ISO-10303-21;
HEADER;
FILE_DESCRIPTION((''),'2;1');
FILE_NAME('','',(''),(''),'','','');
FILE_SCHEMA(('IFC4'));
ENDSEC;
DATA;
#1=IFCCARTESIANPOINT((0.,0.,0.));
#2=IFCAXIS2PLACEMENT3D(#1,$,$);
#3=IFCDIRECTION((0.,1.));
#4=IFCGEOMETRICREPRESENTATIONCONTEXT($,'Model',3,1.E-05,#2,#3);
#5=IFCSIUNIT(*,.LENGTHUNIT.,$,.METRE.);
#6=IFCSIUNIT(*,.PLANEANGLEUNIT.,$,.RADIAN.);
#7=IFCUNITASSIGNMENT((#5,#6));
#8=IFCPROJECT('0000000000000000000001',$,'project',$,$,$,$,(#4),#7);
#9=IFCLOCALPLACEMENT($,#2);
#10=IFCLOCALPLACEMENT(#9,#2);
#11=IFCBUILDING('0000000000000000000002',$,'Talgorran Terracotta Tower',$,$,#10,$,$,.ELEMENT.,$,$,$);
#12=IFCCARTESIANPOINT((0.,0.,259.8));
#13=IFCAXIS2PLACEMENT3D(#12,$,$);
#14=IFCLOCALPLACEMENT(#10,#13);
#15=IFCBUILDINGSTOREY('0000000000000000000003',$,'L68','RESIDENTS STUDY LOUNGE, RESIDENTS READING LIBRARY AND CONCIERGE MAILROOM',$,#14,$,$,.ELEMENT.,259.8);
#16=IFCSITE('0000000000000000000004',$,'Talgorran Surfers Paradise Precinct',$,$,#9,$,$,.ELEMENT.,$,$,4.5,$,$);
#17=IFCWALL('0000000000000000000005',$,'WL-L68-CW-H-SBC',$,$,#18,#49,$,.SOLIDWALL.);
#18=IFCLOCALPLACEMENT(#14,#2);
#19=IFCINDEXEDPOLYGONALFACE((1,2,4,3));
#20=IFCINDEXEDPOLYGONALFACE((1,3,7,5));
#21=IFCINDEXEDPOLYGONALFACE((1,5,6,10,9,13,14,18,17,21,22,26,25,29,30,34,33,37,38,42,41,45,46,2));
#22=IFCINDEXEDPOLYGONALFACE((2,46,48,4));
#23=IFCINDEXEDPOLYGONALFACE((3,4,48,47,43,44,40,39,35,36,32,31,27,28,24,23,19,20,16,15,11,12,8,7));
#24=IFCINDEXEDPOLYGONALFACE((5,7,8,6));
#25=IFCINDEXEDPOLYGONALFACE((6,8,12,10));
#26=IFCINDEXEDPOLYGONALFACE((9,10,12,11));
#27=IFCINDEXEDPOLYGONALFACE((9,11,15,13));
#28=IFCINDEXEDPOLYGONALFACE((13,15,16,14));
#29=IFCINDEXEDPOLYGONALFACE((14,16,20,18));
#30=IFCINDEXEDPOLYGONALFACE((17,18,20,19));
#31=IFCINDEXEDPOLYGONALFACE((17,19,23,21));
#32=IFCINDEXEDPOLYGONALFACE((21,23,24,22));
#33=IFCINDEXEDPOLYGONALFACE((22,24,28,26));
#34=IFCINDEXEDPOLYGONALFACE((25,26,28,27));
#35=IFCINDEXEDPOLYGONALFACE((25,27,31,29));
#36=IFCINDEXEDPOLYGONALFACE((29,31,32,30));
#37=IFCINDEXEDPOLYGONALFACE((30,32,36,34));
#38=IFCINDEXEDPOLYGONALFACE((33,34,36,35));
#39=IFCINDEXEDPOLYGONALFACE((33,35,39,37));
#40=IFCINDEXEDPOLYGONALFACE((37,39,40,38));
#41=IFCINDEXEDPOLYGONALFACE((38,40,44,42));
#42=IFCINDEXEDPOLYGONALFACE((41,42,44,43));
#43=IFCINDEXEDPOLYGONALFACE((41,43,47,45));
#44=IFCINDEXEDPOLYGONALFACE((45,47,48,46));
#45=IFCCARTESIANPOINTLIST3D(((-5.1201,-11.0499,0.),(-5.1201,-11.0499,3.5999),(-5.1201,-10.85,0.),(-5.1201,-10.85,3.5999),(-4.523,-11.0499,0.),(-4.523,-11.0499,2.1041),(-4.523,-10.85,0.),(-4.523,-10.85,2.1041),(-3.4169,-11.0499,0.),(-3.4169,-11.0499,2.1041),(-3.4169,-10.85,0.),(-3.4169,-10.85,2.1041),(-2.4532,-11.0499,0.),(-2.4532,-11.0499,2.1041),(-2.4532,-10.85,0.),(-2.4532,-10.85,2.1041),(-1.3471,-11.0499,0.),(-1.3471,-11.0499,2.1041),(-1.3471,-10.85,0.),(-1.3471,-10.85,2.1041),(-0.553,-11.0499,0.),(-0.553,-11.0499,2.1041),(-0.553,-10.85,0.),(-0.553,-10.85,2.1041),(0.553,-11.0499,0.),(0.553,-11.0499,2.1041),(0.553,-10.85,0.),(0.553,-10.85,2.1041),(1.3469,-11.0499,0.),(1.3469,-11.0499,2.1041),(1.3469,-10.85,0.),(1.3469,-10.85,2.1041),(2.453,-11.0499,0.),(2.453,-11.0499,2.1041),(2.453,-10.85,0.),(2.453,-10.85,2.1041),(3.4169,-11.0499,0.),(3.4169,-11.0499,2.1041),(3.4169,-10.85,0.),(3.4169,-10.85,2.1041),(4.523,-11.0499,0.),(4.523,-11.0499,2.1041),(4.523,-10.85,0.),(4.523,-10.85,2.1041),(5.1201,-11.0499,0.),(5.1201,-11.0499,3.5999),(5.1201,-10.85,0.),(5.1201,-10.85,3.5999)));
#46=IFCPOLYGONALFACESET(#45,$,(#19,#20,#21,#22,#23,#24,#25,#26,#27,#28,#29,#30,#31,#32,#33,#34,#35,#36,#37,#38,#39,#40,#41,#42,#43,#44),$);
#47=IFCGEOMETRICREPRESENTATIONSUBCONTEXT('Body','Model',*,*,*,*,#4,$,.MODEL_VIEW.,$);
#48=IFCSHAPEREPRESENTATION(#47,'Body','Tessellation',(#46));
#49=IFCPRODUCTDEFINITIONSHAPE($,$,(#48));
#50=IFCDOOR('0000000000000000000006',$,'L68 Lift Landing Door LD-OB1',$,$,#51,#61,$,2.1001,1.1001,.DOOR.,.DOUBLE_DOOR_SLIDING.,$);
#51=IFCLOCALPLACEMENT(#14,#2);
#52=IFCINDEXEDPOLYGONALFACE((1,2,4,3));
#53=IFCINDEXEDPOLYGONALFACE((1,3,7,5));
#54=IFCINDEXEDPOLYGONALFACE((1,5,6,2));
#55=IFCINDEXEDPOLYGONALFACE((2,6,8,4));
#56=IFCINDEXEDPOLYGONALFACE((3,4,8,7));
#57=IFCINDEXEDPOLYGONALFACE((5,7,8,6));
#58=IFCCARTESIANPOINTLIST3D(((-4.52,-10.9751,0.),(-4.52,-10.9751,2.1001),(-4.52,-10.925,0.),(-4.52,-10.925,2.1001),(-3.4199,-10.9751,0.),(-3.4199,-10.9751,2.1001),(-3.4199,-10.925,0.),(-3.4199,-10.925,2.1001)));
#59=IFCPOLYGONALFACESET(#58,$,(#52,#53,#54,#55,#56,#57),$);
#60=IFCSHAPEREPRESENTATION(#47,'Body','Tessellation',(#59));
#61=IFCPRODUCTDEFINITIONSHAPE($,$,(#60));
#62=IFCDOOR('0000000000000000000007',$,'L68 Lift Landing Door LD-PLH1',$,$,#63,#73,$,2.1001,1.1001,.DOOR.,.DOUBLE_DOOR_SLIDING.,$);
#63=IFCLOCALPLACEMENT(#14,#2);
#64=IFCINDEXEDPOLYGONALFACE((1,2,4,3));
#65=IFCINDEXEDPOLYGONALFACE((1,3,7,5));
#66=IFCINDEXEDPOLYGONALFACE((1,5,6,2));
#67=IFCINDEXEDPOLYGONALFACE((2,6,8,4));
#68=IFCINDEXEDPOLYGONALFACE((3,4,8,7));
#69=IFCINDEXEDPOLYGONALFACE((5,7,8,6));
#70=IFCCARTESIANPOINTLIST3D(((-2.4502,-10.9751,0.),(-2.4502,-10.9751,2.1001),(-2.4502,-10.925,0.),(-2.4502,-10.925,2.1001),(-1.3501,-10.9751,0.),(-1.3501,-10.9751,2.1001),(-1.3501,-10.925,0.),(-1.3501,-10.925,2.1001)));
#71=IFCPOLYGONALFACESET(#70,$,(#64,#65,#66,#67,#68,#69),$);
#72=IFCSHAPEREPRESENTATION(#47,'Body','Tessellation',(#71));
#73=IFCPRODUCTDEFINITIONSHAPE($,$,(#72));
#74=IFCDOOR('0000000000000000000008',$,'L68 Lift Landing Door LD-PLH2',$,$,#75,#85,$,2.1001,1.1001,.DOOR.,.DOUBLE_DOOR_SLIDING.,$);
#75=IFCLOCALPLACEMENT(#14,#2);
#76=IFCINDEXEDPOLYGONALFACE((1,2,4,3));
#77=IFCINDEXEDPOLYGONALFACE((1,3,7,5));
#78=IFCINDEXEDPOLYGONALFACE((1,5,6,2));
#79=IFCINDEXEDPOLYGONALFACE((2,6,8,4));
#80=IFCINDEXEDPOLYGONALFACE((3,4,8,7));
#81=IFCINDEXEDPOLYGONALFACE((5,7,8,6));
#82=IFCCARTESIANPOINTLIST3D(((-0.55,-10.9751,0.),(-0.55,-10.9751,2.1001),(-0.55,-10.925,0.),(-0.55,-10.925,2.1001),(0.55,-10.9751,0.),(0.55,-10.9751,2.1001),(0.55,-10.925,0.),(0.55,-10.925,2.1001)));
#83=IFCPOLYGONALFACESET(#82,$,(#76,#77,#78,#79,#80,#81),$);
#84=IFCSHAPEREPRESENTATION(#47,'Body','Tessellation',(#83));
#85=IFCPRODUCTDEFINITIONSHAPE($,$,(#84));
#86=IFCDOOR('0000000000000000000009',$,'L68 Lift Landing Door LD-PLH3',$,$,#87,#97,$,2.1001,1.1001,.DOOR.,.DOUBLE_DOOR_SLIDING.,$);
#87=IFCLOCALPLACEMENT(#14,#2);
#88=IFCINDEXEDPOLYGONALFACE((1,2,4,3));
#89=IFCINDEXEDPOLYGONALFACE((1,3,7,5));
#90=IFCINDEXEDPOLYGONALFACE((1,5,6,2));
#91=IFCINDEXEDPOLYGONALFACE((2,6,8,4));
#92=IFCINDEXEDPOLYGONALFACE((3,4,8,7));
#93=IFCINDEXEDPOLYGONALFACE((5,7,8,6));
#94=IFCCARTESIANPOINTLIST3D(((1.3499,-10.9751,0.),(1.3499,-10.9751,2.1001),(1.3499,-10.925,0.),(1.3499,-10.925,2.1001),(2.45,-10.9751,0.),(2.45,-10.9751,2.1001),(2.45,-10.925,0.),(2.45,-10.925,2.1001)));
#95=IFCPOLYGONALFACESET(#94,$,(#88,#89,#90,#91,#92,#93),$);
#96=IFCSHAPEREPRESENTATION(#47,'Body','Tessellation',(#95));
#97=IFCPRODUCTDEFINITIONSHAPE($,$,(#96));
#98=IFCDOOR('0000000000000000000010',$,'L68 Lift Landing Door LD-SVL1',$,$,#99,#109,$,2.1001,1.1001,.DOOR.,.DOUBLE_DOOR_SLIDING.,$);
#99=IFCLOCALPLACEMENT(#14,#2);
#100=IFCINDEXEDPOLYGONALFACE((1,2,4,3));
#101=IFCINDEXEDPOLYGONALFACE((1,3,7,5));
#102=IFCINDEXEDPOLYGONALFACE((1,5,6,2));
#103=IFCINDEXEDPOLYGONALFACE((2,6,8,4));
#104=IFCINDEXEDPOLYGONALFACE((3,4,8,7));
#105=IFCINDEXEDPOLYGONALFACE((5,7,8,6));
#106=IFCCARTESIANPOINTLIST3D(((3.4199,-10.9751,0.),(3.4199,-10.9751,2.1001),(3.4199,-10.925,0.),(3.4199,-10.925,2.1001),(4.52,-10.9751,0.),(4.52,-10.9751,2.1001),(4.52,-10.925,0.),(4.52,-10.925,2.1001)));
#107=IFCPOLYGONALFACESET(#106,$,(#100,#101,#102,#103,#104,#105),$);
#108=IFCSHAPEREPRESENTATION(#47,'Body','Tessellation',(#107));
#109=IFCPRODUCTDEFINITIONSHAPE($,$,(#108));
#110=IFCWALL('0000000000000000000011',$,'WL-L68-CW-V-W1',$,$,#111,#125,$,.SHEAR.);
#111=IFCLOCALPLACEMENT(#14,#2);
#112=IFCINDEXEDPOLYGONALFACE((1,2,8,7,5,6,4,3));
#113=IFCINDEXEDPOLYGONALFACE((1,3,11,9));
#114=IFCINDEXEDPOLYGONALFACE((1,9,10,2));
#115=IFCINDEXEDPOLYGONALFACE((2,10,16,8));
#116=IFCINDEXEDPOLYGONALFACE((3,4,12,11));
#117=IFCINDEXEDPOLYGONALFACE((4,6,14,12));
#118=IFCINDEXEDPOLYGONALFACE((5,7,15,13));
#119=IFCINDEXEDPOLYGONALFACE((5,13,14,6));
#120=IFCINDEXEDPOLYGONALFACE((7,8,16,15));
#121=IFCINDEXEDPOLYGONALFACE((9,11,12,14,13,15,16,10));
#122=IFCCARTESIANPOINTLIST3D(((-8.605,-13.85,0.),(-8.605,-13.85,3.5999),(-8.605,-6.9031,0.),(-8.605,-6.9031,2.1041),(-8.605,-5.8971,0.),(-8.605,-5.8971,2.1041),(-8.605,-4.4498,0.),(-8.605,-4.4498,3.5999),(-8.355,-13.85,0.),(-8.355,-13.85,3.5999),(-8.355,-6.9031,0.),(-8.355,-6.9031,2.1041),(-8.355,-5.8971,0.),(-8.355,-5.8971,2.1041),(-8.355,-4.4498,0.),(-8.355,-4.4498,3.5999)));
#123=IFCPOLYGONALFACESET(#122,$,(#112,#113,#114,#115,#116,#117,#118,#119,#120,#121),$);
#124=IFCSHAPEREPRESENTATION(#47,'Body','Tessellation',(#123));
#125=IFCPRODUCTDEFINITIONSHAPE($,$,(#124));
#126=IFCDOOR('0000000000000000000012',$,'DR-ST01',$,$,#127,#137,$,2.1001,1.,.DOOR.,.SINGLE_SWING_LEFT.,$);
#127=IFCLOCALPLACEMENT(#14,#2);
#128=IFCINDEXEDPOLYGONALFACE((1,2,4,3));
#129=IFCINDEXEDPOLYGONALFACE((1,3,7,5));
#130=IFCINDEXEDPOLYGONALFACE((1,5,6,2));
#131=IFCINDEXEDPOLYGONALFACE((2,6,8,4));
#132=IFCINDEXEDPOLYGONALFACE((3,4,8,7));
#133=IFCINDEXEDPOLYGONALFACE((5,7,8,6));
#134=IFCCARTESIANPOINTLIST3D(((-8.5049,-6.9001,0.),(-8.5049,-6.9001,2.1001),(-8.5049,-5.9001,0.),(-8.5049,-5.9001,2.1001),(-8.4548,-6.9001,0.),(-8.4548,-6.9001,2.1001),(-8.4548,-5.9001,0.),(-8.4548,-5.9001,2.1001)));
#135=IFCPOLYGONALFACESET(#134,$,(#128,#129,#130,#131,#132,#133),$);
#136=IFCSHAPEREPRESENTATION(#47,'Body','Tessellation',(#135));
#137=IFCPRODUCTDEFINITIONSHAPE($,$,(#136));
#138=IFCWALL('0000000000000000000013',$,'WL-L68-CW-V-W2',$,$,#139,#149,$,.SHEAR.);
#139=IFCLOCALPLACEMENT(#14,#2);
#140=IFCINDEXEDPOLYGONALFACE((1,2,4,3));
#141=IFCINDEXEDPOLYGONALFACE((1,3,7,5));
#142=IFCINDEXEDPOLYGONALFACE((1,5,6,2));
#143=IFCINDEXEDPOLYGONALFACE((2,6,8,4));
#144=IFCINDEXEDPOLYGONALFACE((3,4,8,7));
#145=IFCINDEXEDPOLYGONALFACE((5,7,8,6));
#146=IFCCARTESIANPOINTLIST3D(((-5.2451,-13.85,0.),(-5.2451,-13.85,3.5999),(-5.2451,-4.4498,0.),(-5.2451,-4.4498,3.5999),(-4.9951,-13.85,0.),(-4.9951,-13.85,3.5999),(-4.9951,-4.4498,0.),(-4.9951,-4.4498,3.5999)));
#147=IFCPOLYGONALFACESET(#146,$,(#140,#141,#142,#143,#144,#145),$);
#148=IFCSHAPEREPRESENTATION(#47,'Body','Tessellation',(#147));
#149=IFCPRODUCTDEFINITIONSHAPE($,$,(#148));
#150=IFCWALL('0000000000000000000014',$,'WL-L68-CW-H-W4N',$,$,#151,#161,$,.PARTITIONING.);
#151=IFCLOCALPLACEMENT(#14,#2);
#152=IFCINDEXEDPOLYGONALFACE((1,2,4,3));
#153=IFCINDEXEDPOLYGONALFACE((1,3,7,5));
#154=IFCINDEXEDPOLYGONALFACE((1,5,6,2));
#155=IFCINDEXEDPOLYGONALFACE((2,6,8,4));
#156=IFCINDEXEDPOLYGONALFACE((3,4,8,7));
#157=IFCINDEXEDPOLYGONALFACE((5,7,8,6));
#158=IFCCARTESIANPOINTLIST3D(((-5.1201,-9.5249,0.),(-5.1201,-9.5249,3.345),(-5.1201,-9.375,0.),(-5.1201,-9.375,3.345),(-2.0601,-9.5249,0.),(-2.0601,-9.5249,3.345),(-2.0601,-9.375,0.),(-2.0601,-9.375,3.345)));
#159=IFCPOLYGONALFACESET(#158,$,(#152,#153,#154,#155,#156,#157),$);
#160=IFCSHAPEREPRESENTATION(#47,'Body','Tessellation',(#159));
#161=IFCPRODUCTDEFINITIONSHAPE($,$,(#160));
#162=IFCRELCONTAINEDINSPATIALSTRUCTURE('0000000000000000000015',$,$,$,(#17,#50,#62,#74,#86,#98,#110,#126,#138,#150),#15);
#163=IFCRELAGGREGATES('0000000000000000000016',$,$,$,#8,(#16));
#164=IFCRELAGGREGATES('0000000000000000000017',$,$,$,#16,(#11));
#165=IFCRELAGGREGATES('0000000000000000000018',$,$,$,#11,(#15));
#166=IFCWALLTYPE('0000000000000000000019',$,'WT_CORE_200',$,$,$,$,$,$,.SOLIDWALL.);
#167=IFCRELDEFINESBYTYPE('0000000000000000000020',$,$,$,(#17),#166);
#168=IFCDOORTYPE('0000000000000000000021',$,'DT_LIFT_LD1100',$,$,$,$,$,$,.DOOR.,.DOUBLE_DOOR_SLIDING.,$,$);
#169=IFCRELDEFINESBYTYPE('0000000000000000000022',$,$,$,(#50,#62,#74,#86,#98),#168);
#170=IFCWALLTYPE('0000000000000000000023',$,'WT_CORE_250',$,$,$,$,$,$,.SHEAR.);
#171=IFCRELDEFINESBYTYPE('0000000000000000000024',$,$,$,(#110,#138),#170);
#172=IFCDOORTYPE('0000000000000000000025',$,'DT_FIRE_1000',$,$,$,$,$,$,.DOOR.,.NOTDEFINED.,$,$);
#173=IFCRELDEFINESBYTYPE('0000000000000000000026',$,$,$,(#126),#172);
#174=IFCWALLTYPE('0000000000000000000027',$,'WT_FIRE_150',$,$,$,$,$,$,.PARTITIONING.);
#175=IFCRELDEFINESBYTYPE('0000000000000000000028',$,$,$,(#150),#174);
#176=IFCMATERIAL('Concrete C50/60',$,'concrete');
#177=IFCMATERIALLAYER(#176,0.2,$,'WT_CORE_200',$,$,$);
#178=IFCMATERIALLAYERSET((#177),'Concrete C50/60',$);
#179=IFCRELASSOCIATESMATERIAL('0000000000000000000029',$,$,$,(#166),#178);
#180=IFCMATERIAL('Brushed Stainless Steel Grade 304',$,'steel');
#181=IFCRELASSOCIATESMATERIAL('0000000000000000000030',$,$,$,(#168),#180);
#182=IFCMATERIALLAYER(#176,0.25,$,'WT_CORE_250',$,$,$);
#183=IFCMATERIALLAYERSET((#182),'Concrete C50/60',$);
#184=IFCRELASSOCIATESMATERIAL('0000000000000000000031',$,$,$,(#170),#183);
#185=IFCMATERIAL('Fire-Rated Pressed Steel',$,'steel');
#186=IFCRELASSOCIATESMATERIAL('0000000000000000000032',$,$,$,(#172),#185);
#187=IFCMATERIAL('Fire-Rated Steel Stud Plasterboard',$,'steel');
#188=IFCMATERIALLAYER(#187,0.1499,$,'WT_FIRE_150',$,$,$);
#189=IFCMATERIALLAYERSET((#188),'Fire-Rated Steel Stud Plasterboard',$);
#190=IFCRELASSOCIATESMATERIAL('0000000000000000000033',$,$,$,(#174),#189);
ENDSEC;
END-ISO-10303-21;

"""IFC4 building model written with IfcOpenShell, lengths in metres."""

from ifc_helpers import new_model, si_unit, direction, frame, frame_2d, origin, place, context, subcontext, project, spatial, rectangle, extrude, material, layer, layer_set, type_object, element, fill, save


model = new_model("IFC4")

# Units and contexts
model_context = context("Model", 3, precision=1e-05, world=origin(), true_north=direction((0.0, 1.0)))
body_context = subcontext(model_context, "Body", "Model", "MODEL_VIEW")
ifc_project = project(units=[si_unit("LENGTHUNIT", "METRE"), si_unit("PLANEANGLEUNIT", "RADIAN")], contexts=[model_context])

# Site, building, storey
site_placement = place(None, origin())
site = spatial("IfcSite", under=ifc_project, at=site_placement, Name="Talgorran Surfers Paradise Precinct", CompositionType="ELEMENT", RefElevation=4.5)
building_placement = place(site_placement, origin())
building = spatial("IfcBuilding", under=site, at=building_placement, Name="Talgorran Terracotta Tower", CompositionType="ELEMENT")
storey_placement = place(building_placement, frame((0.0, 0.0, 259.8)))
storey = spatial("IfcBuildingStorey", under=building, at=storey_placement, Name="L68", Description="RESIDENTS STUDY LOUNGE, RESIDENTS READING LIBRARY AND CONCIERGE MAILROOM", CompositionType="ELEMENT", Elevation=259.8)

# Shared definitions
ifc_material_1 = material(Name="Concrete C50/60", Category="concrete")

# Wall, openings, doors
ifc_layer_1 = layer(ifc_material_1, 0.2, Name="WT_CORE_200")
ifc_layer_set_1 = layer_set([ifc_layer_1], Name="Concrete C50/60")
wall_type_1 = type_object("IfcWallType", Name="WT_CORE_200", PredefinedType="SOLIDWALL", material=ifc_layer_set_1)
ifc_material_2 = material(Name="Brushed Stainless Steel Grade 304", Category="steel")
door_type_1 = type_object("IfcDoorType", Name="DT_LIFT_LD1100", OperationType="DOUBLE_DOOR_SLIDING", PredefinedType="DOOR", material=ifc_material_2)
ifc_material_3 = material(Name="Fire-Rated Pressed Steel", Category="steel")
wall_1_placement = place(storey_placement, frame((-5.1201, -10.95, 0.0), z_axis=(0.0, 0.0, 1.0), x_axis=(1.0, 0.0, 0.0)))
wall_1 = element("IfcWall", 1, at=wall_1_placement, inside=storey, type_object=wall_type_1, Name="WL-L68-CW-H-SBC", PredefinedType="SOLIDWALL", context=body_context, shape_type="SweptSolid", body=[
    extrude(rectangle(XDim=10.2402, YDim=0.2, at=frame_2d((5.1201, 0.0))), origin(), (0.0, 0.0, 1.0), 3.5999),
])
opening_1_placement = place(wall_1_placement, frame((0.6001, 0.0, 0.0)))
opening_1 = element("IfcOpeningElement", 2, at=opening_1_placement, cuts=wall_1, PredefinedType="OPENING", context=body_context, shape_type="SweptSolid", body=[
    extrude(rectangle(XDim=1.1061, YDim=2.1041, at=frame_2d((0.55, 1.052))), frame((0.0, 0.1099, 0.0), z_axis=(0.0, -1.0, 0.0), x_axis=(1.0, 0.0, 0.0)), (0.0, 0.0, 1.0), 0.22),
])
opening_2_placement = place(wall_1_placement, frame((2.6699, 0.0, 0.0)))
opening_2 = element("IfcOpeningElement", 3, at=opening_2_placement, cuts=wall_1, PredefinedType="OPENING", context=body_context, shape_type="SweptSolid", body=[
    extrude(rectangle(XDim=1.1061, YDim=2.1041, at=frame_2d((0.55, 1.052))), frame((0.0, 0.1099, 0.0), z_axis=(0.0, -1.0, 0.0), x_axis=(1.0, 0.0, 0.0)), (0.0, 0.0, 1.0), 0.22),
])
opening_3_placement = place(wall_1_placement, frame((4.5701, 0.0, 0.0)))
opening_3 = element("IfcOpeningElement", 4, at=opening_3_placement, cuts=wall_1, PredefinedType="OPENING", context=body_context, shape_type="SweptSolid", body=[
    extrude(rectangle(XDim=1.1061, YDim=2.1041, at=frame_2d((0.55, 1.052))), frame((0.0, 0.1099, 0.0), z_axis=(0.0, -1.0, 0.0), x_axis=(1.0, 0.0, 0.0)), (0.0, 0.0, 1.0), 0.22),
])
opening_4_placement = place(wall_1_placement, frame((6.47, 0.0, 0.0)))
opening_4 = element("IfcOpeningElement", 5, at=opening_4_placement, cuts=wall_1, PredefinedType="OPENING", context=body_context, shape_type="SweptSolid", body=[
    extrude(rectangle(XDim=1.1061, YDim=2.1041, at=frame_2d((0.55, 1.052))), frame((0.0, 0.1099, 0.0), z_axis=(0.0, -1.0, 0.0), x_axis=(1.0, 0.0, 0.0)), (0.0, 0.0, 1.0), 0.22),
])
opening_5_placement = place(wall_1_placement, frame((8.54, 0.0, 0.0)))
opening_5 = element("IfcOpeningElement", 6, at=opening_5_placement, cuts=wall_1, PredefinedType="OPENING", context=body_context, shape_type="SweptSolid", body=[
    extrude(rectangle(XDim=1.1061, YDim=2.1041, at=frame_2d((0.55, 1.052))), frame((0.0, 0.1099, 0.0), z_axis=(0.0, -1.0, 0.0), x_axis=(1.0, 0.0, 0.0)), (0.0, 0.0, 1.0), 0.22),
])
door_1_placement = place(opening_1_placement, origin())
door_1 = element("IfcDoor", 7, at=door_1_placement, inside=storey, type_object=door_type_1, Name="L68 Lift Landing Door LD-OB1", OperationType="DOUBLE_DOOR_SLIDING", OverallHeight=2.1001, OverallWidth=1.1001, PredefinedType="DOOR", context=body_context, shape_type="SweptSolid", body=[
    extrude(rectangle(XDim=1.1001, YDim=2.1001, at=frame_2d((0.55, 1.05))), frame((0.0, 0.0249, 0.0), z_axis=(0.0, -1.0, 0.0), x_axis=(1.0, 0.0, 0.0)), (0.0, 0.0, 1.0), 0.05),
])
fill(opening_1, door_1)
door_2_placement = place(opening_2_placement, origin())
door_2 = element("IfcDoor", 8, at=door_2_placement, inside=storey, type_object=door_type_1, Name="L68 Lift Landing Door LD-PLH1", OperationType="DOUBLE_DOOR_SLIDING", OverallHeight=2.1001, OverallWidth=1.1001, PredefinedType="DOOR", context=body_context, shape_type="SweptSolid", body=[
    extrude(rectangle(XDim=1.1001, YDim=2.1001, at=frame_2d((0.55, 1.05))), frame((0.0, 0.0249, 0.0), z_axis=(0.0, -1.0, 0.0), x_axis=(1.0, 0.0, 0.0)), (0.0, 0.0, 1.0), 0.05),
])
fill(opening_2, door_2)
door_3_placement = place(opening_3_placement, origin())
door_3 = element("IfcDoor", 9, at=door_3_placement, inside=storey, type_object=door_type_1, Name="L68 Lift Landing Door LD-PLH2", OperationType="DOUBLE_DOOR_SLIDING", OverallHeight=2.1001, OverallWidth=1.1001, PredefinedType="DOOR", context=body_context, shape_type="SweptSolid", body=[
    extrude(rectangle(XDim=1.1001, YDim=2.1001, at=frame_2d((0.55, 1.05))), frame((0.0, 0.0249, 0.0), z_axis=(0.0, -1.0, 0.0), x_axis=(1.0, 0.0, 0.0)), (0.0, 0.0, 1.0), 0.05),
])
fill(opening_3, door_3)
door_4_placement = place(opening_4_placement, origin())
door_4 = element("IfcDoor", 10, at=door_4_placement, inside=storey, type_object=door_type_1, Name="L68 Lift Landing Door LD-PLH3", OperationType="DOUBLE_DOOR_SLIDING", OverallHeight=2.1001, OverallWidth=1.1001, PredefinedType="DOOR", context=body_context, shape_type="SweptSolid", body=[
    extrude(rectangle(XDim=1.1001, YDim=2.1001, at=frame_2d((0.55, 1.05))), frame((0.0, 0.0249, 0.0), z_axis=(0.0, -1.0, 0.0), x_axis=(1.0, 0.0, 0.0)), (0.0, 0.0, 1.0), 0.05),
])
fill(opening_4, door_4)
door_5_placement = place(opening_5_placement, origin())
door_5 = element("IfcDoor", 11, at=door_5_placement, inside=storey, type_object=door_type_1, Name="L68 Lift Landing Door LD-SVL1", OperationType="DOUBLE_DOOR_SLIDING", OverallHeight=2.1001, OverallWidth=1.1001, PredefinedType="DOOR", context=body_context, shape_type="SweptSolid", body=[
    extrude(rectangle(XDim=1.1001, YDim=2.1001, at=frame_2d((0.55, 1.05))), frame((0.0, 0.0249, 0.0), z_axis=(0.0, -1.0, 0.0), x_axis=(1.0, 0.0, 0.0)), (0.0, 0.0, 1.0), 0.05),
])
fill(opening_5, door_5)

# Wall, opening, door
ifc_layer_2 = layer(ifc_material_1, 0.25, Name="WT_CORE_250")
ifc_layer_set_2 = layer_set([ifc_layer_2], Name="Concrete C50/60")
wall_type_2 = type_object("IfcWallType", Name="WT_CORE_250", PredefinedType="SHEAR", material=ifc_layer_set_2)
wall_2_placement = place(storey_placement, frame((-8.48, -13.8501, 0.0), z_axis=(0.0, 0.0, 1.0), x_axis=(0.0, 1.0, 0.0)))
wall_2 = element("IfcWall", 12, at=wall_2_placement, inside=storey, type_object=wall_type_2, Name="WL-L68-CW-V-W1", PredefinedType="SHEAR", context=body_context, shape_type="SweptSolid", body=[
    extrude(rectangle(XDim=9.4001, YDim=0.25, at=frame_2d((4.7002, 0.0))), origin(), (0.0, 0.0, 1.0), 3.5999),
])
opening_6_placement = place(wall_2_placement, frame((6.95, 0.0, 0.0)))
opening_6 = element("IfcOpeningElement", 13, at=opening_6_placement, cuts=wall_2, PredefinedType="OPENING", context=body_context, shape_type="SweptSolid", body=[
    extrude(rectangle(XDim=1.006, YDim=2.1041, at=frame_2d((0.5, 1.052))), frame((0.0, 0.135, 0.0), z_axis=(0.0, -1.0, 0.0), x_axis=(1.0, 0.0, 0.0)), (0.0, 0.0, 1.0), 0.27),
])
door_type_2 = type_object("IfcDoorType", Name="DT_FIRE_1000", OperationType="NOTDEFINED", PredefinedType="DOOR", material=ifc_material_3)
door_6_placement = place(opening_6_placement, origin())
door_6 = element("IfcDoor", 14, at=door_6_placement, inside=storey, type_object=door_type_2, Name="DR-ST01", OperationType="SINGLE_SWING_LEFT", OverallHeight=2.1001, OverallWidth=1.0, PredefinedType="DOOR", context=body_context, shape_type="SweptSolid", body=[
    extrude(rectangle(XDim=1.0, YDim=2.1001, at=frame_2d((0.5, 1.05))), frame((0.0, 0.0249, 0.0), z_axis=(0.0, -1.0, 0.0), x_axis=(1.0, 0.0, 0.0)), (0.0, 0.0, 1.0), 0.05),
])
fill(opening_6, door_6)

# Walls
wall_3_placement = place(storey_placement, frame((-5.1201, -13.8501, 0.0), z_axis=(0.0, 0.0, 1.0), x_axis=(0.0, 1.0, 0.0)))
element("IfcWall", 15, at=wall_3_placement, inside=storey, type_object=wall_type_2, Name="WL-L68-CW-V-W2", PredefinedType="SHEAR", context=body_context, shape_type="SweptSolid", body=[
    extrude(rectangle(XDim=9.4001, YDim=0.25, at=frame_2d((4.7002, 0.0))), origin(), (0.0, 0.0, 1.0), 3.5999),
])
ifc_material_4 = material(Name="Fire-Rated Steel Stud Plasterboard", Category="steel")
ifc_layer_3 = layer(ifc_material_4, 0.1499, Name="WT_FIRE_150")
ifc_layer_set_3 = layer_set([ifc_layer_3], Name="Fire-Rated Steel Stud Plasterboard")
wall_type_3 = type_object("IfcWallType", Name="WT_FIRE_150", PredefinedType="PARTITIONING", material=ifc_layer_set_3)
wall_4_placement = place(storey_placement, frame((-5.1201, -9.45, 0.0), z_axis=(0.0, 0.0, 1.0), x_axis=(1.0, 0.0, 0.0)))
element("IfcWall", 16, at=wall_4_placement, inside=storey, type_object=wall_type_3, Name="WL-L68-CW-H-W4N", PredefinedType="PARTITIONING", context=body_context, shape_type="SweptSolid", body=[
    extrude(rectangle(XDim=3.0601, YDim=0.1499, at=frame_2d((1.53, 0.0))), origin(), (0.0, 0.0, 1.0), 3.345),
])

save(model, "model.ifc")
